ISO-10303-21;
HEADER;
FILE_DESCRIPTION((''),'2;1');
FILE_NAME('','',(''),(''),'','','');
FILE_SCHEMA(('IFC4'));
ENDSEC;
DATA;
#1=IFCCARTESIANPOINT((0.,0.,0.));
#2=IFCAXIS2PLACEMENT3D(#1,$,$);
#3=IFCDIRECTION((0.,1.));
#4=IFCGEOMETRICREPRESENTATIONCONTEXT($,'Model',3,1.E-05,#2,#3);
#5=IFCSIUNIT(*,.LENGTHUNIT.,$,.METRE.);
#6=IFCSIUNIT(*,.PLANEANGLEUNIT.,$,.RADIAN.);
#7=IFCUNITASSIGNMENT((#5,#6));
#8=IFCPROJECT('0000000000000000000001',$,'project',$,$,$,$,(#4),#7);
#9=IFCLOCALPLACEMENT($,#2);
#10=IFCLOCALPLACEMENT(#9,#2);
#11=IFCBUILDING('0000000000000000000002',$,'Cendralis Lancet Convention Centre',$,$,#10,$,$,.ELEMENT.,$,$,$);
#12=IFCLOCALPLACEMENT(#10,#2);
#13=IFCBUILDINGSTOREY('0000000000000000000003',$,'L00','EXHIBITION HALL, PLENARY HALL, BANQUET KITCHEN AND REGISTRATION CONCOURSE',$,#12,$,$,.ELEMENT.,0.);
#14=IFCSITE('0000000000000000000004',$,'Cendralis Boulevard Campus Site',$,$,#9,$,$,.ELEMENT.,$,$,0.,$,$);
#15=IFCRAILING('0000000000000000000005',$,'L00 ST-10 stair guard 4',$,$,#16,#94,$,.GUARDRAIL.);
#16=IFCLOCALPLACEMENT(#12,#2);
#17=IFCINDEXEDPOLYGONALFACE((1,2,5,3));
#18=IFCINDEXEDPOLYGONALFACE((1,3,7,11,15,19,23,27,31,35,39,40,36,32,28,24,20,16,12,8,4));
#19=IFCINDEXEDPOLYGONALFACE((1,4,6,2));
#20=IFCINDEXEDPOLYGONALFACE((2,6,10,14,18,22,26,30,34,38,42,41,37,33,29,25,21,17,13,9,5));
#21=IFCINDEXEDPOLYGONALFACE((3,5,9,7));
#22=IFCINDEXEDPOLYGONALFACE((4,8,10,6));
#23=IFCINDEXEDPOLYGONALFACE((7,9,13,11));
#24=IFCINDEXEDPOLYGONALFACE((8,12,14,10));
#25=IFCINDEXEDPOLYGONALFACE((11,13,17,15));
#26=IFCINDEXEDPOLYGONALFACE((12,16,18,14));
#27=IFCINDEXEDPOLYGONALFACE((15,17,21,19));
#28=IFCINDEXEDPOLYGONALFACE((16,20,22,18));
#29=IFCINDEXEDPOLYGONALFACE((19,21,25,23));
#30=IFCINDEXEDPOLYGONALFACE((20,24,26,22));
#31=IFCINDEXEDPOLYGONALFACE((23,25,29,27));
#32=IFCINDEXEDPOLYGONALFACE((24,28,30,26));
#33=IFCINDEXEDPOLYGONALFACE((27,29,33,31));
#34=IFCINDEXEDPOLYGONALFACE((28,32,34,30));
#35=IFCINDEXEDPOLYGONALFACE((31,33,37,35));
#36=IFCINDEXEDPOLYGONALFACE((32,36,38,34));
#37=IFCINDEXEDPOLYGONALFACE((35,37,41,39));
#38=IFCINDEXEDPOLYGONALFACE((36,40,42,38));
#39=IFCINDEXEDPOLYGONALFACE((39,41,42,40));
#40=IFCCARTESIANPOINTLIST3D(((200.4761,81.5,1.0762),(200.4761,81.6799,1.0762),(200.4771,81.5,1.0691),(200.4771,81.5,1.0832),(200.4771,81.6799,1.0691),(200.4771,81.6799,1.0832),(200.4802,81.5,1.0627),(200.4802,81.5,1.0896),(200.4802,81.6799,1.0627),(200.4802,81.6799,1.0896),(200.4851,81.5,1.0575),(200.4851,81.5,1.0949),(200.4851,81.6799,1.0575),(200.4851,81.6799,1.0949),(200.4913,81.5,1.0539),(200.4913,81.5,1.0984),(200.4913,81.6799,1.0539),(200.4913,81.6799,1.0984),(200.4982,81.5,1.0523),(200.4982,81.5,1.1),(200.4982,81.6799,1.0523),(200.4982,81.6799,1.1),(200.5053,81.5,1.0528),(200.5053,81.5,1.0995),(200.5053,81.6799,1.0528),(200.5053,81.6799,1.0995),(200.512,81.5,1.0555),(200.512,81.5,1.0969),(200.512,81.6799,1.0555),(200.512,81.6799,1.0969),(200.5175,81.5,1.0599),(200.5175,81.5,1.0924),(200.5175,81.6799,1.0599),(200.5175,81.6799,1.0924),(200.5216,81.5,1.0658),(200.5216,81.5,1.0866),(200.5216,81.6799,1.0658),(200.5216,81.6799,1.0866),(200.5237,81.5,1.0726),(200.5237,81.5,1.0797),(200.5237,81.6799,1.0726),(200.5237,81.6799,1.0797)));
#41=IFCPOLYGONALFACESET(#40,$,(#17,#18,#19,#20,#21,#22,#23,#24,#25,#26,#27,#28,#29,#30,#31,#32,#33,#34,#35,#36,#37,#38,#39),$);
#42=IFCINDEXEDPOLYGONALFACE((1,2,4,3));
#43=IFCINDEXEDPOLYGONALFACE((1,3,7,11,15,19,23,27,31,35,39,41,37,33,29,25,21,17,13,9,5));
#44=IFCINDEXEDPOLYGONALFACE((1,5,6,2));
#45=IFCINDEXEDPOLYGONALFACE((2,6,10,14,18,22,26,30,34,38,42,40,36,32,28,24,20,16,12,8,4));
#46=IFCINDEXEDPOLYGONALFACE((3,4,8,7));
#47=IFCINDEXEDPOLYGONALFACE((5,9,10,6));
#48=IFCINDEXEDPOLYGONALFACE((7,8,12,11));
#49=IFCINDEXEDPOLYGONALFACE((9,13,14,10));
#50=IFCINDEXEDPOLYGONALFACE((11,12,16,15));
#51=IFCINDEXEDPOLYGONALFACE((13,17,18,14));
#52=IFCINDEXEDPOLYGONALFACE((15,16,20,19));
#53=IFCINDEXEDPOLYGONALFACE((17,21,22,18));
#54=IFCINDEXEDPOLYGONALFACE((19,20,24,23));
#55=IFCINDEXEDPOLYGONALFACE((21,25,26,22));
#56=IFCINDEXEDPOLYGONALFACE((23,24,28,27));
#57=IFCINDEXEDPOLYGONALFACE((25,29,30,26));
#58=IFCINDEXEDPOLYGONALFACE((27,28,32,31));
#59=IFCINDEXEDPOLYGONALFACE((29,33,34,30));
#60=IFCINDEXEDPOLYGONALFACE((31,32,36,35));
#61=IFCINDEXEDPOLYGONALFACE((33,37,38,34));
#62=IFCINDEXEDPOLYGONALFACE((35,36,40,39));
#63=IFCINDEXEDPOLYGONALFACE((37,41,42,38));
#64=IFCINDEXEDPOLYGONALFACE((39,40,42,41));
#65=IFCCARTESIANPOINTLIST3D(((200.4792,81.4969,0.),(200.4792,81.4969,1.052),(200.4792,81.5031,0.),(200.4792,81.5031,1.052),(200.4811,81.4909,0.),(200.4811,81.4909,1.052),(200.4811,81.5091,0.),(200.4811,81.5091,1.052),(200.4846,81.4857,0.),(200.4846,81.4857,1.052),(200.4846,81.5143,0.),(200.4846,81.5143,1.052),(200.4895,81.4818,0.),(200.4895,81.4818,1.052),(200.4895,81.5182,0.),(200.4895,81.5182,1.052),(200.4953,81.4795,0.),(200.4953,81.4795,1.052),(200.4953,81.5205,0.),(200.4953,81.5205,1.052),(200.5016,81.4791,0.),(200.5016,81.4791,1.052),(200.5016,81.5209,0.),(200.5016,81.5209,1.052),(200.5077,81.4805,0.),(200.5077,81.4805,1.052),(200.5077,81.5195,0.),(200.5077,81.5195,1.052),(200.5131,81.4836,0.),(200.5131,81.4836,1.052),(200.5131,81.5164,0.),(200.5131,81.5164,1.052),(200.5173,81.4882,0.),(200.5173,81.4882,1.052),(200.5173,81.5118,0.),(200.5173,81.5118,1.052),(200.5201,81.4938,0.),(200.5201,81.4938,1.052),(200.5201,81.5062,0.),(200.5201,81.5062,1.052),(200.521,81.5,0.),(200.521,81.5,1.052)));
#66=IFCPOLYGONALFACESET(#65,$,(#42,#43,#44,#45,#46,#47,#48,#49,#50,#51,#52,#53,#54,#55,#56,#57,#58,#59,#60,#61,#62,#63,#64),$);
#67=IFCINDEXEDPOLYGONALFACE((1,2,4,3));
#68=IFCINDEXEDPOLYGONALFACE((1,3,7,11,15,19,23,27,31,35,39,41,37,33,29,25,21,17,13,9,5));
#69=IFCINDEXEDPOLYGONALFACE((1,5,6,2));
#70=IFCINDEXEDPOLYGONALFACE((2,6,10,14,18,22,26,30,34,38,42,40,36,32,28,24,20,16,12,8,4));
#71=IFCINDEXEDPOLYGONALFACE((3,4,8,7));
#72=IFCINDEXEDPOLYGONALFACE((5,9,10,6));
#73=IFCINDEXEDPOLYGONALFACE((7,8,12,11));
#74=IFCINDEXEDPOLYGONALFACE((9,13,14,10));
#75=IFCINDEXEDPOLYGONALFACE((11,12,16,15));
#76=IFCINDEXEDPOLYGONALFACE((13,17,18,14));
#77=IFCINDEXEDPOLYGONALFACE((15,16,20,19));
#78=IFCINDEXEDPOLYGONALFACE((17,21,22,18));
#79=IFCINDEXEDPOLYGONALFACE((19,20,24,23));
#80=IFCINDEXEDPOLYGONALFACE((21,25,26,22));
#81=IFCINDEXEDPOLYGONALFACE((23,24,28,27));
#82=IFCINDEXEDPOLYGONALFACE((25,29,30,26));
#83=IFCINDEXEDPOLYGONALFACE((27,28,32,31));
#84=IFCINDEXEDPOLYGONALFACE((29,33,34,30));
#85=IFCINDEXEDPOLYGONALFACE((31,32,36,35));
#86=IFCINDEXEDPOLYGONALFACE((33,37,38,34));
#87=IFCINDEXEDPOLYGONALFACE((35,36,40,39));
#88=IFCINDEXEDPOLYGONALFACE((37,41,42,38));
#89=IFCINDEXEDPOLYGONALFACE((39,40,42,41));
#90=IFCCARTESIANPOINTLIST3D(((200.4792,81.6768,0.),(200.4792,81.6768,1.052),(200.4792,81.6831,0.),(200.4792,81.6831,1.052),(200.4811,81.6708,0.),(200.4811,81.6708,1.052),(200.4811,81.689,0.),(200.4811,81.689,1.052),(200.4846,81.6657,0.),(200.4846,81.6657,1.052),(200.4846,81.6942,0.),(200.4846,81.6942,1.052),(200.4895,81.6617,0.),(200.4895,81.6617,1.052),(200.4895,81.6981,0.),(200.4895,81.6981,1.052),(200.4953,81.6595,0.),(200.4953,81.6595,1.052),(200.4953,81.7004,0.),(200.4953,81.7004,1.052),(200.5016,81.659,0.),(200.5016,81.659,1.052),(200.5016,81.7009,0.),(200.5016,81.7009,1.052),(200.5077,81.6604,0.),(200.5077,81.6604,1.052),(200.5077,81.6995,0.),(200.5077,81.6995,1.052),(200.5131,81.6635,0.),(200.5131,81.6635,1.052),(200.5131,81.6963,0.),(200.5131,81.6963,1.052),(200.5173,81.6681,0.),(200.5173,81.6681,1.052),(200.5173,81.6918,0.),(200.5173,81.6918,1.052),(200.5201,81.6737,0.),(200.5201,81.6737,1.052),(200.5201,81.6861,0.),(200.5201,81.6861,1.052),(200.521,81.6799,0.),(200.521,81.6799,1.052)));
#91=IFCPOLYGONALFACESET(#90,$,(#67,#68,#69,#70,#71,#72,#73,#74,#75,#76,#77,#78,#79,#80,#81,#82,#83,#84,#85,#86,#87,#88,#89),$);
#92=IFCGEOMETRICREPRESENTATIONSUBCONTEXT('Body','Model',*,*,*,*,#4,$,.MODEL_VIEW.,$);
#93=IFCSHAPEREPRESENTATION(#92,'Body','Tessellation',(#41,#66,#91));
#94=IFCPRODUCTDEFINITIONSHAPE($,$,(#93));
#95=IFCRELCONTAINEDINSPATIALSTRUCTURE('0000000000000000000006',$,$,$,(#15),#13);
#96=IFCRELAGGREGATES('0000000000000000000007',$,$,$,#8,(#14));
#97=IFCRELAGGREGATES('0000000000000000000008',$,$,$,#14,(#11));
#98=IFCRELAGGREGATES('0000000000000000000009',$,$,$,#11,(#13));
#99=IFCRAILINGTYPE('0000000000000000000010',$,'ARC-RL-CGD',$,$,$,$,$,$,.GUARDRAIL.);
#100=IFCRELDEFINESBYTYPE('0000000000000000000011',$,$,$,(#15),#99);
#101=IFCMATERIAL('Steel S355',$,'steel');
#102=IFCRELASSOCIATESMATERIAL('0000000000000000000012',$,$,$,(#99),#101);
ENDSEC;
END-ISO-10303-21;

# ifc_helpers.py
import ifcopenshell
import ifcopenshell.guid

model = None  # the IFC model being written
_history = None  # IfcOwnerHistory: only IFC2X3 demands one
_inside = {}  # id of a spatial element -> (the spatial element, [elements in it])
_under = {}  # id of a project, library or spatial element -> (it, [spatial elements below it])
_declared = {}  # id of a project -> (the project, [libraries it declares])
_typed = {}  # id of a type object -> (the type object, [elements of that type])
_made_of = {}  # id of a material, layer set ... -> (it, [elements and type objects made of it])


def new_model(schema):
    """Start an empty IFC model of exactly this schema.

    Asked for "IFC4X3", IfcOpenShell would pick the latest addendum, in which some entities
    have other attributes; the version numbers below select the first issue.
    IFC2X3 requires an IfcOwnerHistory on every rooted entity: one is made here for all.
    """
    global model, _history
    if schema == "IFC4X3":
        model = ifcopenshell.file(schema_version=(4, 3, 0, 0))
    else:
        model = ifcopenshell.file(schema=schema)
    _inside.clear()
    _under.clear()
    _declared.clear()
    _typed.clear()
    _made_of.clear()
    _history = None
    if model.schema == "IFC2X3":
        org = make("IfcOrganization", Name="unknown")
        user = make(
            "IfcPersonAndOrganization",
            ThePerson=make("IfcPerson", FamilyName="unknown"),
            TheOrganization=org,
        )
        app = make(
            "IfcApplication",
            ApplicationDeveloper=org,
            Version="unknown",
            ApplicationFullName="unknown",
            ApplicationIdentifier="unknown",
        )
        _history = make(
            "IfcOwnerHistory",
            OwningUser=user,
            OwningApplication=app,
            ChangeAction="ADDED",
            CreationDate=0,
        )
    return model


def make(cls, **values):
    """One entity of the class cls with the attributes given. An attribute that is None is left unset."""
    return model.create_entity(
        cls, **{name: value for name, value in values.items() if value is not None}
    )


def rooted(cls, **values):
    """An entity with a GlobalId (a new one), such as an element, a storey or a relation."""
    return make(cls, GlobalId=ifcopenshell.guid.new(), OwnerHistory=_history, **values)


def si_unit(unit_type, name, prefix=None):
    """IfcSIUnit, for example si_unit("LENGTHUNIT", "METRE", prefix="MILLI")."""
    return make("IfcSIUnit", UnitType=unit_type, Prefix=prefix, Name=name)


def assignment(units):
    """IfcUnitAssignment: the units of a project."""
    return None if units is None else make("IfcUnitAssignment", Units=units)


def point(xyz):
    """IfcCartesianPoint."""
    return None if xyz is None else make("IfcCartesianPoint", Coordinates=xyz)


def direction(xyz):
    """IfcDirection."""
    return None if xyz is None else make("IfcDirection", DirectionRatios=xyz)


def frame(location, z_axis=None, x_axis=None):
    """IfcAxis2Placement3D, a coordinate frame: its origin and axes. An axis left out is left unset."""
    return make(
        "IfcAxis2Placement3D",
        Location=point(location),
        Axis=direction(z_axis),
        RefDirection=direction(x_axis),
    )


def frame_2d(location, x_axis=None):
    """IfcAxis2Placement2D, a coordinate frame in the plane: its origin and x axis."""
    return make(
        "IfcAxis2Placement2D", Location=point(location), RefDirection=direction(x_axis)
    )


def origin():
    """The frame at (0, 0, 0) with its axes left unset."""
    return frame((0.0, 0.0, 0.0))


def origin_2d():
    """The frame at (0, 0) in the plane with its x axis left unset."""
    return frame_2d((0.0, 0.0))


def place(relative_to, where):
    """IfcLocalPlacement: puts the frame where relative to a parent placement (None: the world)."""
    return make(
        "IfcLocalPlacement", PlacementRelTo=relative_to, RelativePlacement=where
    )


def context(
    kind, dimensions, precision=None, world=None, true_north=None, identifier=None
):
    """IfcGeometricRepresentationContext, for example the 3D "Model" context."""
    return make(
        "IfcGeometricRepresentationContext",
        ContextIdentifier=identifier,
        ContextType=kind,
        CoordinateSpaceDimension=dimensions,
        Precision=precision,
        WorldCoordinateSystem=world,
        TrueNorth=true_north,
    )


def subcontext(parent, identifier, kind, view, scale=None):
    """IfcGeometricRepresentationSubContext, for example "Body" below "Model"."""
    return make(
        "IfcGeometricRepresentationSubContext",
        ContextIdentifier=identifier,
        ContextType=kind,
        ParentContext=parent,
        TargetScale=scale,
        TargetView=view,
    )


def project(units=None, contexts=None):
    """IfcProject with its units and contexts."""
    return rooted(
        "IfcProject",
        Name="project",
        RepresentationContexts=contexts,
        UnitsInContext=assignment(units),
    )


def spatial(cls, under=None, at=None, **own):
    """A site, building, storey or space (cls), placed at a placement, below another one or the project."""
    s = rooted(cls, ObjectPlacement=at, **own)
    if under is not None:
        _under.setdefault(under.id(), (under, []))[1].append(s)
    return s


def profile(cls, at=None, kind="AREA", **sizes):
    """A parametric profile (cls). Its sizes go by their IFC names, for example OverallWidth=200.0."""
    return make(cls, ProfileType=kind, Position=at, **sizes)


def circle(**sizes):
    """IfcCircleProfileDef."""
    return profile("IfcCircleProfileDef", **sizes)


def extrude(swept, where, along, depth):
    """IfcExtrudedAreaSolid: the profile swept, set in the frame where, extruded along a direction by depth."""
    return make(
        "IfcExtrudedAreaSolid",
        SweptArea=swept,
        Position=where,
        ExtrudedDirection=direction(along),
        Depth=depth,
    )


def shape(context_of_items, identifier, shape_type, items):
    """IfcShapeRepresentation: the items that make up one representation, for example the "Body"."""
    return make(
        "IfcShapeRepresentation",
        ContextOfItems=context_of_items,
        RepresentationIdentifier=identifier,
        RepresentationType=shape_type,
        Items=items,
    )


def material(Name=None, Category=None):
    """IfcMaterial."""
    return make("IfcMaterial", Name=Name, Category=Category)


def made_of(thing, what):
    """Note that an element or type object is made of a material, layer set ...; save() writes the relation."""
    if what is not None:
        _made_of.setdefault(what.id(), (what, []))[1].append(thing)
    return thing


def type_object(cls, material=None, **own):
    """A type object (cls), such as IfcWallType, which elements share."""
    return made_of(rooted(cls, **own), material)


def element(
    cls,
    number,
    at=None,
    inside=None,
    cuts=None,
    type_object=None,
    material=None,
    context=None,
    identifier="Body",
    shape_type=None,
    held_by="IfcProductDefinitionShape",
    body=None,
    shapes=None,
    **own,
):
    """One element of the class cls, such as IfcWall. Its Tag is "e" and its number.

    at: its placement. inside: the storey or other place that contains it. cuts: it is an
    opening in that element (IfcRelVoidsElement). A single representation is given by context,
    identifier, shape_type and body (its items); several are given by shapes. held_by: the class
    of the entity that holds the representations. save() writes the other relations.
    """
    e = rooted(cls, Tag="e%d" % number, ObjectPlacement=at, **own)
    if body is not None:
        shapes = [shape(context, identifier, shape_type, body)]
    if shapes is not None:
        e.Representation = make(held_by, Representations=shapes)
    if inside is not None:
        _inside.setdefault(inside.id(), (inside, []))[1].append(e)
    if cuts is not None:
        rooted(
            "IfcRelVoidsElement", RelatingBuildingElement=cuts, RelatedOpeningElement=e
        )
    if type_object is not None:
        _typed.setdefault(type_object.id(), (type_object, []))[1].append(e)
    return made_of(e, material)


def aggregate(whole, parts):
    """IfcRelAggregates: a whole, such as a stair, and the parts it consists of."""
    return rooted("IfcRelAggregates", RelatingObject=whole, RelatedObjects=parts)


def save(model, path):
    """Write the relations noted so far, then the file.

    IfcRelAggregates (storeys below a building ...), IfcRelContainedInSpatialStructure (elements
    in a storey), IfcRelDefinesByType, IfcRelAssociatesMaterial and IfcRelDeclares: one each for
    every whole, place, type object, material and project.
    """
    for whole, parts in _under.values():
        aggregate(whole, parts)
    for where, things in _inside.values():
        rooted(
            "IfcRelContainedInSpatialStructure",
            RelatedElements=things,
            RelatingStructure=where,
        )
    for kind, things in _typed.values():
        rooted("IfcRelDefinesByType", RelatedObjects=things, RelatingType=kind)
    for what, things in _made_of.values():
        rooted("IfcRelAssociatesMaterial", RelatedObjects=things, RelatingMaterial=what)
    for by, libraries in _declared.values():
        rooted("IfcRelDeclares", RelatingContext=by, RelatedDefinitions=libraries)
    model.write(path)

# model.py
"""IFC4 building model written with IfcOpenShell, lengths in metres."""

from ifc_helpers import new_model, si_unit, direction, frame, origin, origin_2d, place, context, subcontext, project, spatial, circle, extrude, material, type_object, element, save


model = new_model("IFC4")

# Units and contexts
model_context = context("Model", 3, precision=1e-05, world=origin(), true_north=direction((0.0, 1.0)))
body_context = subcontext(model_context, "Body", "Model", "MODEL_VIEW")
ifc_project = project(units=[si_unit("LENGTHUNIT", "METRE"), si_unit("PLANEANGLEUNIT", "RADIAN")], contexts=[model_context])

# Site, building, storey
site_placement = place(None, origin())
site = spatial("IfcSite", under=ifc_project, at=site_placement, Name="Cendralis Boulevard Campus Site", CompositionType="ELEMENT", RefElevation=0.0)
building_placement = place(site_placement, origin())
building = spatial("IfcBuilding", under=site, at=building_placement, Name="Cendralis Lancet Convention Centre", CompositionType="ELEMENT")
storey_placement = place(building_placement, origin())
storey = spatial("IfcBuildingStorey", under=building, at=storey_placement, Name="L00", Description="EXHIBITION HALL, PLENARY HALL, BANQUET KITCHEN AND REGISTRATION CONCOURSE", CompositionType="ELEMENT", Elevation=0.0)

# Shared definitions
ifc_material_1 = material(Name="Steel S355", Category="steel")

# Railing
railing_type_1 = type_object("IfcRailingType", Name="ARC-RL-CGD", PredefinedType="GUARDRAIL", material=ifc_material_1)
railing_1_placement = place(storey_placement, frame((200.5, 81.5, 0.0)))
element("IfcRailing", 1, at=railing_1_placement, inside=storey, type_object=railing_type_1, Name="L00 ST-10 stair guard 4", PredefinedType="GUARDRAIL", context=body_context, shape_type="SweptSolid", body=[
    extrude(circle(Radius=0.0239, at=origin_2d()), frame((0.0, 0.0, 1.0762), z_axis=(0.0, 1.0, 0.0), x_axis=(-1.0, 0.0, 0.0)), (0.0, 0.0, 1.0), 0.1799),
    extrude(circle(Radius=0.021, at=origin_2d()), origin(), (0.0, 0.0, 1.0), 1.052),
    extrude(circle(Radius=0.021, at=origin_2d()), frame((0.0, 0.1799, 0.0)), (0.0, 0.0, 1.0), 1.052),
])

save(model, "model.ifc")
